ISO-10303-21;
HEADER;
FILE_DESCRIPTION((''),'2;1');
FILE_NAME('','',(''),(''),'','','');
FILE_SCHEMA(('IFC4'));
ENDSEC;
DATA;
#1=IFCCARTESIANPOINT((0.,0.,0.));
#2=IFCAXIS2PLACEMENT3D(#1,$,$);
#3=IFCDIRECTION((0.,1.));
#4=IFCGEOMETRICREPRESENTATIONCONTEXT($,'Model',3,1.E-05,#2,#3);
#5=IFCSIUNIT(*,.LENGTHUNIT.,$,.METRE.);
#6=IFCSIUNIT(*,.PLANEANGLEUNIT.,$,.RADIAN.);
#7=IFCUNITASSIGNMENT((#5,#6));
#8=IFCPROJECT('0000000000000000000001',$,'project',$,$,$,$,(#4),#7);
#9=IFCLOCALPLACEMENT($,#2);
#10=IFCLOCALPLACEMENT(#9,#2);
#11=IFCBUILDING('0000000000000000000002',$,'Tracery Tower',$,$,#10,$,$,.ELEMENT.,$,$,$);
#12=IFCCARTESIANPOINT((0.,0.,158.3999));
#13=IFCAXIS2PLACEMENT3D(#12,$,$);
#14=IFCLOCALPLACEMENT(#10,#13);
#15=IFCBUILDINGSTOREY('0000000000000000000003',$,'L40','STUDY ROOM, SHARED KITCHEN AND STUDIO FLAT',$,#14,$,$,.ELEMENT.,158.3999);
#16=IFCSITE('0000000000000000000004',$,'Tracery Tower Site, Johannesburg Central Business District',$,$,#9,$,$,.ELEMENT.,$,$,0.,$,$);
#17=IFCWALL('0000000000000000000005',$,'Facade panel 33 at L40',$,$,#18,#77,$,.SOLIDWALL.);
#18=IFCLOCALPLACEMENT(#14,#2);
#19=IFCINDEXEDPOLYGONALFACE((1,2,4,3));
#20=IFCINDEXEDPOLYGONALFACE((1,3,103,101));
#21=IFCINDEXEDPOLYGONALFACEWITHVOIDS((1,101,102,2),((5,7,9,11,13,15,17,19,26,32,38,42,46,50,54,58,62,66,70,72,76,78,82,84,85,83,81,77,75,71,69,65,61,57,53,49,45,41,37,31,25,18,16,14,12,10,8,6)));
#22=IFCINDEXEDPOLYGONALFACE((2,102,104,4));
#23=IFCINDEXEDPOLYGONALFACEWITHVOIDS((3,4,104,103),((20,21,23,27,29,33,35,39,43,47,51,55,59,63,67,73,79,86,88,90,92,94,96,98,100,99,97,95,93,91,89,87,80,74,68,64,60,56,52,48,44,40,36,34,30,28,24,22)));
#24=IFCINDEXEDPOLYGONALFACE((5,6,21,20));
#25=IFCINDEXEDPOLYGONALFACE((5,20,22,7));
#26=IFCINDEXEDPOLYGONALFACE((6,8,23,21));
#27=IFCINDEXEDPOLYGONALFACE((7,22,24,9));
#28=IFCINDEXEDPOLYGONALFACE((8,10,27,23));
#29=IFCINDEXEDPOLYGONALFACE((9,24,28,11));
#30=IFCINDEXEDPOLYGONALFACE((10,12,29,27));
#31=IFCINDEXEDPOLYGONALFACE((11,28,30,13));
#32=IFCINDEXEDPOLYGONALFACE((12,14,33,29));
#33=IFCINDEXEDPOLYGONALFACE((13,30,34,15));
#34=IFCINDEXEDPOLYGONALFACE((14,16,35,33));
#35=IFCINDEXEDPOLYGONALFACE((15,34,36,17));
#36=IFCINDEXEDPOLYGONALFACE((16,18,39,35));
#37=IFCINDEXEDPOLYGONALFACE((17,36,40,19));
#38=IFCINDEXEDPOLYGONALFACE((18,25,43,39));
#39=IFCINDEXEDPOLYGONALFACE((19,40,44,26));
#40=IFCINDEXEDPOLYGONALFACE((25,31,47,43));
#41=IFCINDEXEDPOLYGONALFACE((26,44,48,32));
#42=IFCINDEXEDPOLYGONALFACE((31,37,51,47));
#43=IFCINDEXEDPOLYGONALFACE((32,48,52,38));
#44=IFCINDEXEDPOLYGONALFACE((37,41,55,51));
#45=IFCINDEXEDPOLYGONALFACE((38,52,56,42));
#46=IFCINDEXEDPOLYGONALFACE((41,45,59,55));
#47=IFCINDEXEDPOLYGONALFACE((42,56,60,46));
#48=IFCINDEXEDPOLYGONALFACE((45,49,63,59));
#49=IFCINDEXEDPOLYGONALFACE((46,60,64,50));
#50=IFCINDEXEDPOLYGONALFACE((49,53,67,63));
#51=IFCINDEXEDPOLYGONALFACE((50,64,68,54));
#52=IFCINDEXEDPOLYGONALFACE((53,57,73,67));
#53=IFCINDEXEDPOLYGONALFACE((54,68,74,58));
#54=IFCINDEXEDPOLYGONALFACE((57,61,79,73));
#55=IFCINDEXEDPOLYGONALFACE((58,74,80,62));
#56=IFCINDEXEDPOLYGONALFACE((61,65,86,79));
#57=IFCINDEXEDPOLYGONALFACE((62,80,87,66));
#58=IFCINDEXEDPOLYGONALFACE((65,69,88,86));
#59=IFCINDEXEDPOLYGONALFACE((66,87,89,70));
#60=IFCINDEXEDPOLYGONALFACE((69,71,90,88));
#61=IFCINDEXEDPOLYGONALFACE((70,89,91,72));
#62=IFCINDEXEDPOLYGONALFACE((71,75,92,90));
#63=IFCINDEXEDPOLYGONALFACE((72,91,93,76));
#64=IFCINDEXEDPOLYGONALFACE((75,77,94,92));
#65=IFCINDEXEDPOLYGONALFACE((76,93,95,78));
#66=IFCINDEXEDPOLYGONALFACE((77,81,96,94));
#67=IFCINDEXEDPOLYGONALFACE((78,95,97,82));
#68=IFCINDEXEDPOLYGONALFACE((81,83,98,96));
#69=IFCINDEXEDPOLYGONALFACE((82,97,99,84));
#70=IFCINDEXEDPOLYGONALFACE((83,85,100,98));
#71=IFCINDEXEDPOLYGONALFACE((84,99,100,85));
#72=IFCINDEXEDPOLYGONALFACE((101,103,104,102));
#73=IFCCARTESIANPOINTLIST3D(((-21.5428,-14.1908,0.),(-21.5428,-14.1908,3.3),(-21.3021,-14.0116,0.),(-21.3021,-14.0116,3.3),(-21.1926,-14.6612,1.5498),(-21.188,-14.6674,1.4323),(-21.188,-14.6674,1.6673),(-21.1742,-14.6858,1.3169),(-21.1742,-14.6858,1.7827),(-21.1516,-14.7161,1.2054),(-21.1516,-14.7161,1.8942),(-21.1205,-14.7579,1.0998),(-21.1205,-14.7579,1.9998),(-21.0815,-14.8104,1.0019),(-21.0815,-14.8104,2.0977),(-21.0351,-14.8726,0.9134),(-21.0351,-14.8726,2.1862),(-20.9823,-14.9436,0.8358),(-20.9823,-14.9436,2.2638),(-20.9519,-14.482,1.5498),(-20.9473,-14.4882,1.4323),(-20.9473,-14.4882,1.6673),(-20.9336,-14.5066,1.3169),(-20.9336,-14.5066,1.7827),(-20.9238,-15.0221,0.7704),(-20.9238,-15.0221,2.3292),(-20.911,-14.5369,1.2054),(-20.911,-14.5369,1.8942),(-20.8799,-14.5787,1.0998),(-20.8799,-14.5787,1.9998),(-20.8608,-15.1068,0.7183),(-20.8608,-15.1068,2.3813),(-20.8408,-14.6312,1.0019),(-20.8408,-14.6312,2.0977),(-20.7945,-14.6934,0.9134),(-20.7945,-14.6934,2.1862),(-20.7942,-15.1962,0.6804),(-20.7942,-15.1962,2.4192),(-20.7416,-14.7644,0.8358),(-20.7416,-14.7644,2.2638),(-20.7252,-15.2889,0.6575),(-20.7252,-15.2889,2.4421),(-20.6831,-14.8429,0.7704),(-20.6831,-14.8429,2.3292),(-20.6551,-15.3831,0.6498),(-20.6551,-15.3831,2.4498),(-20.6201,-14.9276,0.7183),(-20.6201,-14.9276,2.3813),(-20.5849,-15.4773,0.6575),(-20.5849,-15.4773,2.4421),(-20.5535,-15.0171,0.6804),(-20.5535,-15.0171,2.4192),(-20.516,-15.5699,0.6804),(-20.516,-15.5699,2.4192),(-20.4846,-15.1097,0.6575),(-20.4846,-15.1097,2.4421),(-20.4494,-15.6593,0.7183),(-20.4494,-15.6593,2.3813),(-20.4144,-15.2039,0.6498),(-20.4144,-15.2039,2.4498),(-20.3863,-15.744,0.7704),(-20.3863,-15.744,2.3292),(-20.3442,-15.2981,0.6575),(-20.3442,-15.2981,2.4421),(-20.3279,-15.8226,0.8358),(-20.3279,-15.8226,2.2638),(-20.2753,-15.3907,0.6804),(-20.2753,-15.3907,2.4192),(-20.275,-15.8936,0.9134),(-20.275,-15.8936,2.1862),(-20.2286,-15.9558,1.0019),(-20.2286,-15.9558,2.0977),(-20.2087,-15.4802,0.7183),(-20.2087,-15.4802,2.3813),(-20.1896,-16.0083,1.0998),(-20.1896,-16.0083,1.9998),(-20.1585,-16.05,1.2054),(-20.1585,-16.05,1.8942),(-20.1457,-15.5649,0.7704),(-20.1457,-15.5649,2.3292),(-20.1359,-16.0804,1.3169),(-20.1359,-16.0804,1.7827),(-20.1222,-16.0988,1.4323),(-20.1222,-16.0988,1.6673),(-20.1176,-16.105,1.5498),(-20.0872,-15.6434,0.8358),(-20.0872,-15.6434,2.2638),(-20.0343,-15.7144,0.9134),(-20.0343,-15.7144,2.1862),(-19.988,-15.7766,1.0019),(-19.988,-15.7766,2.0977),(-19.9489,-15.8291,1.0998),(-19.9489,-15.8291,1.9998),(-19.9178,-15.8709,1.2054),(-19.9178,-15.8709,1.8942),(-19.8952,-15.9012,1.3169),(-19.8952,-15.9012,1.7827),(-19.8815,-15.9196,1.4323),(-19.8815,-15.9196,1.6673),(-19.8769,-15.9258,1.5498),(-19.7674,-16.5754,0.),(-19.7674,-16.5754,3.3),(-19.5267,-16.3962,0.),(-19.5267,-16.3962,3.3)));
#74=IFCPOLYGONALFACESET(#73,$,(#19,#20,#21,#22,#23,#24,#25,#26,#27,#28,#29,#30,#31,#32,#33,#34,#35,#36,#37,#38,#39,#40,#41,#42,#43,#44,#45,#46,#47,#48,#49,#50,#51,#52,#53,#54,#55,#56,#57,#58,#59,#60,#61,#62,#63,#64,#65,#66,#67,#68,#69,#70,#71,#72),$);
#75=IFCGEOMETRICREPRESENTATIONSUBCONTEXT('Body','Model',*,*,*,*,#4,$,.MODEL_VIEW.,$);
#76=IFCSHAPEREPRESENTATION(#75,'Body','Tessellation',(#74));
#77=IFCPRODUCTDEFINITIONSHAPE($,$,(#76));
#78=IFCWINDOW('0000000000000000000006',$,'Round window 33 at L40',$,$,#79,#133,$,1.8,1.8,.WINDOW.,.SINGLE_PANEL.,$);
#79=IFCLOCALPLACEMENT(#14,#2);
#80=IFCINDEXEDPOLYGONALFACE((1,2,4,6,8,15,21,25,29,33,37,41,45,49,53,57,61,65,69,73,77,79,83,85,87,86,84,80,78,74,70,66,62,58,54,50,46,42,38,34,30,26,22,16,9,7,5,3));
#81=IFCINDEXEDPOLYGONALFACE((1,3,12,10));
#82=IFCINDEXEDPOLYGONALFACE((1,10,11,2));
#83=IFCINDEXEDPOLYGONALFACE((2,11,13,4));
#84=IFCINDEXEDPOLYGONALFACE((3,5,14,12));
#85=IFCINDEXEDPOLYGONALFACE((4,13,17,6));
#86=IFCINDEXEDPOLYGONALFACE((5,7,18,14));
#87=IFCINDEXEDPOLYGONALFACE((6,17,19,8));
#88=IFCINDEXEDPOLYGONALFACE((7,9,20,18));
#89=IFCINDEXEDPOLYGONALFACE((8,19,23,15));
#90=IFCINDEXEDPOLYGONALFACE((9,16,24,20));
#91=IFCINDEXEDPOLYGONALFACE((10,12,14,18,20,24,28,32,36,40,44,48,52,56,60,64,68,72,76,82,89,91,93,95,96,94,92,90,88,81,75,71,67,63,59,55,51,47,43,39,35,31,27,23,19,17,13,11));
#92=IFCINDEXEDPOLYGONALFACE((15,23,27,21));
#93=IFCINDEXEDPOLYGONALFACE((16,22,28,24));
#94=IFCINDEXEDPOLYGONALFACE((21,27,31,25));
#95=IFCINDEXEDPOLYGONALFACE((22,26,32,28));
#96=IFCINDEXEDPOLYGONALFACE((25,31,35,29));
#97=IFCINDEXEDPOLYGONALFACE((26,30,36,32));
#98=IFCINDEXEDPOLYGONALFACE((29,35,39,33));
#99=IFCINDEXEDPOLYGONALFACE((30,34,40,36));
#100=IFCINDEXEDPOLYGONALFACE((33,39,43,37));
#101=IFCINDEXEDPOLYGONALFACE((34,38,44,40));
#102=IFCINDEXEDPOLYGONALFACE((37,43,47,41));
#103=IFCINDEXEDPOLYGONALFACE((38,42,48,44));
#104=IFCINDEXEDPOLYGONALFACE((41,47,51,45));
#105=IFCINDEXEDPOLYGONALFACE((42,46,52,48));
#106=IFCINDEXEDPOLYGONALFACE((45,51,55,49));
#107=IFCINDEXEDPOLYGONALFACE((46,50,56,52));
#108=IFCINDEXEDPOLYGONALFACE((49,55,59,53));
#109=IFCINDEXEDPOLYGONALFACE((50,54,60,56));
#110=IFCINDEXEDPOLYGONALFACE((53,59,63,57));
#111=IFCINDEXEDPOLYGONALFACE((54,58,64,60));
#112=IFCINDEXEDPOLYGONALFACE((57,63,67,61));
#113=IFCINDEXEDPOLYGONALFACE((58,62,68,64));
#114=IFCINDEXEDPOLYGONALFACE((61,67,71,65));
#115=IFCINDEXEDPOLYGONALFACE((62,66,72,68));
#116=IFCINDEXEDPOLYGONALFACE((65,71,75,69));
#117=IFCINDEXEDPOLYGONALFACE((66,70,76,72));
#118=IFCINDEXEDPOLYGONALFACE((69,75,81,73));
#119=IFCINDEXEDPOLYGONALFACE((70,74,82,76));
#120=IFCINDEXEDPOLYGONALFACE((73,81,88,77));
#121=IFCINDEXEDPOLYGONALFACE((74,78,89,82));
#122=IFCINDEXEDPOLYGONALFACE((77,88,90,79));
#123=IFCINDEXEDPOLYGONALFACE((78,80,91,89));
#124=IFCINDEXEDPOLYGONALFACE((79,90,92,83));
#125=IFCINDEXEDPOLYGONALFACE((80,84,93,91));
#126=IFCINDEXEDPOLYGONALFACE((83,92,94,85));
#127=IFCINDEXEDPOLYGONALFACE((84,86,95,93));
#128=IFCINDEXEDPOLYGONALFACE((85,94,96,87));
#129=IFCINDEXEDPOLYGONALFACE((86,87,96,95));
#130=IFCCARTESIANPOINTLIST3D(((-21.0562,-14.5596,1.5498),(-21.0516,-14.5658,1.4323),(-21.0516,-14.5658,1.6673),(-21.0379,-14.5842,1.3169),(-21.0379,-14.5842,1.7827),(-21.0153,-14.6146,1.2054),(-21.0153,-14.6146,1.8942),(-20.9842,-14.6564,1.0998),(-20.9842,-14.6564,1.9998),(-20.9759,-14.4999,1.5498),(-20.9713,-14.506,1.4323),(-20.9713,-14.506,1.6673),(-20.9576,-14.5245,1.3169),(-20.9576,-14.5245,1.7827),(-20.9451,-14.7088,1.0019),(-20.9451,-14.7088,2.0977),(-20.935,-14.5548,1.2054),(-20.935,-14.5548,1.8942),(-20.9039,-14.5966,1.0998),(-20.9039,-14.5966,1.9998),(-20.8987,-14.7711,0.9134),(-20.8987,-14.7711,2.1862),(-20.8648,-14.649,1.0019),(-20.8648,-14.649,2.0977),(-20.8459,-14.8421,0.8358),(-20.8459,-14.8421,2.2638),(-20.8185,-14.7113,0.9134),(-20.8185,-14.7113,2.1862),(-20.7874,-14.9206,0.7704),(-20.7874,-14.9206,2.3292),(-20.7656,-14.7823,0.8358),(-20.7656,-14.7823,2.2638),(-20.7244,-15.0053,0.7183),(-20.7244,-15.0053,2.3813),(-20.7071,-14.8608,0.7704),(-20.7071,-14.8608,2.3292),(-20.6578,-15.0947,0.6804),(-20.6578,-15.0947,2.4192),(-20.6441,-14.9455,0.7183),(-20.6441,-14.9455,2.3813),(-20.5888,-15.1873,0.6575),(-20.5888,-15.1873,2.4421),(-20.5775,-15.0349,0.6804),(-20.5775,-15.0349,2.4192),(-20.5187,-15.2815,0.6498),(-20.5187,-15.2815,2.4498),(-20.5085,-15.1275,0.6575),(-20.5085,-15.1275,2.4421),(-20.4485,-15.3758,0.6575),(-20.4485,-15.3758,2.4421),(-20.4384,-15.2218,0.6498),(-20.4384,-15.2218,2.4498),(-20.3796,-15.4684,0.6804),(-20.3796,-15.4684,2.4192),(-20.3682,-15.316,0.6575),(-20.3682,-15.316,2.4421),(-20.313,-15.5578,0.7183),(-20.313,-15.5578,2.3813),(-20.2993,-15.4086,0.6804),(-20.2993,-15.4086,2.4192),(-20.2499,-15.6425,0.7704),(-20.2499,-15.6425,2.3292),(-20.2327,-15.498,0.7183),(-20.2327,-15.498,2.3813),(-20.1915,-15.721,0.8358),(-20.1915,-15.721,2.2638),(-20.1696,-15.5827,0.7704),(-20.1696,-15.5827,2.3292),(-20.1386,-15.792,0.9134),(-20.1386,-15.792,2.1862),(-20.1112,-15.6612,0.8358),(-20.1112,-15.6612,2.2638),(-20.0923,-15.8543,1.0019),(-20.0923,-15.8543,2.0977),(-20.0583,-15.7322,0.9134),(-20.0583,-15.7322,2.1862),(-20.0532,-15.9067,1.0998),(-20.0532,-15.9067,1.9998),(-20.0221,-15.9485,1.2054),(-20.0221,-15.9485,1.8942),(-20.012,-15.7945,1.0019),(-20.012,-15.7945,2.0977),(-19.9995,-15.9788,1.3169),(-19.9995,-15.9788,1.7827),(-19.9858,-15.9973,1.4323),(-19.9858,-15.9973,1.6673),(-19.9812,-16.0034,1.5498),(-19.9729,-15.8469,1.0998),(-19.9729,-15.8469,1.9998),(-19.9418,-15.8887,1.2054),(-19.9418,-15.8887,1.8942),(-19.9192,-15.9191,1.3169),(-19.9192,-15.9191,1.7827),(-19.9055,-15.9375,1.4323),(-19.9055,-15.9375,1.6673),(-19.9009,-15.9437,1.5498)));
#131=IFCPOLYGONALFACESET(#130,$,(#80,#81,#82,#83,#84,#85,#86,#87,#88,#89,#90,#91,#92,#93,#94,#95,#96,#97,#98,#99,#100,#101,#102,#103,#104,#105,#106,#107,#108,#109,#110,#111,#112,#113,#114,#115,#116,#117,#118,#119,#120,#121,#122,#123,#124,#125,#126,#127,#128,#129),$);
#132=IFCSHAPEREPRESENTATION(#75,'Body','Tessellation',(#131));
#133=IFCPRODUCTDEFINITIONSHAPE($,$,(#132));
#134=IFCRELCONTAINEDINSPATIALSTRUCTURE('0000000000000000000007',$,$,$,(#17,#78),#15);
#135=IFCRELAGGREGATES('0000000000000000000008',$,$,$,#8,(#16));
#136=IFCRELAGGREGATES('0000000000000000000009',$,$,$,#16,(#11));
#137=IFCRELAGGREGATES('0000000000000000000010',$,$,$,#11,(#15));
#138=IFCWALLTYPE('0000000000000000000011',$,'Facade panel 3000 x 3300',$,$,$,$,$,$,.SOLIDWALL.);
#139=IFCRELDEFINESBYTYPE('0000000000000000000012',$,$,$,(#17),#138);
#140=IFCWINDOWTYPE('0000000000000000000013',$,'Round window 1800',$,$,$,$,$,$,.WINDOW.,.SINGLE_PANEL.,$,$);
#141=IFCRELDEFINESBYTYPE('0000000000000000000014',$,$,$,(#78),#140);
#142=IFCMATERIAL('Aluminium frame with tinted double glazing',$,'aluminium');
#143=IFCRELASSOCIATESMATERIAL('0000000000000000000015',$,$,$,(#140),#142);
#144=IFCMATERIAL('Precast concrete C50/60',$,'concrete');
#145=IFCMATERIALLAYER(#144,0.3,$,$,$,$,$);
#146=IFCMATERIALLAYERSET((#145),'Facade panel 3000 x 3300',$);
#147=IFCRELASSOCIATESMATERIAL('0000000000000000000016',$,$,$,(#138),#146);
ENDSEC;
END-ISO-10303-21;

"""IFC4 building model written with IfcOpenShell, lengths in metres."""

from ifc_helpers import new_model, si_unit, direction, frame, frame_2d, origin, origin_2d, place, context, subcontext, project, spatial, rectangle, circle, extrude, material, layer, layer_set, type_object, element, fill, save


model = new_model("IFC4")

# Units and contexts
model_context = context("Model", 3, precision=1e-05, world=origin(), true_north=direction((0.0, 1.0)))
body_context = subcontext(model_context, "Body", "Model", "MODEL_VIEW")
ifc_project = project(units=[si_unit("LENGTHUNIT", "METRE"), si_unit("PLANEANGLEUNIT", "RADIAN")], contexts=[model_context])

# Site, building, storey
site_placement = place(None, origin())
site = spatial("IfcSite", under=ifc_project, at=site_placement, Name="Tracery Tower Site, Johannesburg Central Business District", CompositionType="ELEMENT", RefElevation=0.0)
building_placement = place(site_placement, origin())
building = spatial("IfcBuilding", under=site, at=building_placement, Name="Tracery Tower", CompositionType="ELEMENT")
storey_placement = place(building_placement, frame((0.0, 0.0, 158.3999)))
storey = spatial("IfcBuildingStorey", under=building, at=storey_placement, Name="L40", Description="STUDY ROOM, SHARED KITCHEN AND STUDIO FLAT", CompositionType="ELEMENT", Elevation=158.3999)

# Wall, opening, window
ifc_material_1 = material(Name="Aluminium frame with tinted double glazing", Category="aluminium")
window_type = type_object("IfcWindowType", Name="Round window 1800", PartitioningType="SINGLE_PANEL", PredefinedType="WINDOW", material=ifc_material_1)
ifc_material_2 = material(Name="Precast concrete C50/60", Category="concrete")
ifc_layer_1 = layer(ifc_material_2, 0.3)
ifc_layer_set_1 = layer_set([ifc_layer_1], Name="Facade panel 3000 x 3300")
wall_type_1 = type_object("IfcWallType", Name="Facade panel 3000 x 3300", PredefinedType="SOLIDWALL", material=ifc_layer_set_1)
wall_1_placement = place(storey_placement, frame((-21.4224, -14.1013, 0.0), z_axis=(0.0, 0.0, 1.0), x_axis=(0.597198, -0.802094, 0.0)))
wall_1 = element("IfcWall", 1, at=wall_1_placement, inside=storey, type_object=wall_type_1, Name="Facade panel 33 at L40", PredefinedType="SOLIDWALL", context=body_context, shape_type="SweptSolid", body=[
    extrude(rectangle(XDim=2.9729, YDim=0.3, at=frame_2d((1.4863, 0.0))), origin(), (0.0, 0.0, 1.0), 3.3),
])
opening_1_placement = place(wall_1_placement, frame((1.4863, 0.0, 1.5498)))
opening_1 = element("IfcOpeningElement", 2, at=opening_1_placement, cuts=wall_1, PredefinedType="OPENING", context=body_context, shape_type="SweptSolid", body=[
    extrude(circle(Radius=0.9, at=origin_2d()), frame((0.0, 0.1599, 0.0), z_axis=(0.0, -1.0, 0.0), x_axis=(1.0, 0.0, 0.0)), (0.0, 0.0, 1.0), 0.3201),
])
window_1_placement = place(opening_1_placement, origin())
window_1 = element("IfcWindow", 3, at=window_1_placement, inside=storey, type_object=window_type, Name="Round window 33 at L40", OverallHeight=1.8, OverallWidth=1.8, PartitioningType="SINGLE_PANEL", PredefinedType="WINDOW", context=body_context, shape_type="SweptSolid", body=[
    extrude(circle(Radius=0.9, at=origin_2d()), frame((0.0, 0.1201, 0.0), z_axis=(0.0, -1.0, 0.0), x_axis=(1.0, 0.0, 0.0)), (0.0, 0.0, 1.0), 0.1001),
])
fill(opening_1, window_1)

save(model, "model.ifc")
